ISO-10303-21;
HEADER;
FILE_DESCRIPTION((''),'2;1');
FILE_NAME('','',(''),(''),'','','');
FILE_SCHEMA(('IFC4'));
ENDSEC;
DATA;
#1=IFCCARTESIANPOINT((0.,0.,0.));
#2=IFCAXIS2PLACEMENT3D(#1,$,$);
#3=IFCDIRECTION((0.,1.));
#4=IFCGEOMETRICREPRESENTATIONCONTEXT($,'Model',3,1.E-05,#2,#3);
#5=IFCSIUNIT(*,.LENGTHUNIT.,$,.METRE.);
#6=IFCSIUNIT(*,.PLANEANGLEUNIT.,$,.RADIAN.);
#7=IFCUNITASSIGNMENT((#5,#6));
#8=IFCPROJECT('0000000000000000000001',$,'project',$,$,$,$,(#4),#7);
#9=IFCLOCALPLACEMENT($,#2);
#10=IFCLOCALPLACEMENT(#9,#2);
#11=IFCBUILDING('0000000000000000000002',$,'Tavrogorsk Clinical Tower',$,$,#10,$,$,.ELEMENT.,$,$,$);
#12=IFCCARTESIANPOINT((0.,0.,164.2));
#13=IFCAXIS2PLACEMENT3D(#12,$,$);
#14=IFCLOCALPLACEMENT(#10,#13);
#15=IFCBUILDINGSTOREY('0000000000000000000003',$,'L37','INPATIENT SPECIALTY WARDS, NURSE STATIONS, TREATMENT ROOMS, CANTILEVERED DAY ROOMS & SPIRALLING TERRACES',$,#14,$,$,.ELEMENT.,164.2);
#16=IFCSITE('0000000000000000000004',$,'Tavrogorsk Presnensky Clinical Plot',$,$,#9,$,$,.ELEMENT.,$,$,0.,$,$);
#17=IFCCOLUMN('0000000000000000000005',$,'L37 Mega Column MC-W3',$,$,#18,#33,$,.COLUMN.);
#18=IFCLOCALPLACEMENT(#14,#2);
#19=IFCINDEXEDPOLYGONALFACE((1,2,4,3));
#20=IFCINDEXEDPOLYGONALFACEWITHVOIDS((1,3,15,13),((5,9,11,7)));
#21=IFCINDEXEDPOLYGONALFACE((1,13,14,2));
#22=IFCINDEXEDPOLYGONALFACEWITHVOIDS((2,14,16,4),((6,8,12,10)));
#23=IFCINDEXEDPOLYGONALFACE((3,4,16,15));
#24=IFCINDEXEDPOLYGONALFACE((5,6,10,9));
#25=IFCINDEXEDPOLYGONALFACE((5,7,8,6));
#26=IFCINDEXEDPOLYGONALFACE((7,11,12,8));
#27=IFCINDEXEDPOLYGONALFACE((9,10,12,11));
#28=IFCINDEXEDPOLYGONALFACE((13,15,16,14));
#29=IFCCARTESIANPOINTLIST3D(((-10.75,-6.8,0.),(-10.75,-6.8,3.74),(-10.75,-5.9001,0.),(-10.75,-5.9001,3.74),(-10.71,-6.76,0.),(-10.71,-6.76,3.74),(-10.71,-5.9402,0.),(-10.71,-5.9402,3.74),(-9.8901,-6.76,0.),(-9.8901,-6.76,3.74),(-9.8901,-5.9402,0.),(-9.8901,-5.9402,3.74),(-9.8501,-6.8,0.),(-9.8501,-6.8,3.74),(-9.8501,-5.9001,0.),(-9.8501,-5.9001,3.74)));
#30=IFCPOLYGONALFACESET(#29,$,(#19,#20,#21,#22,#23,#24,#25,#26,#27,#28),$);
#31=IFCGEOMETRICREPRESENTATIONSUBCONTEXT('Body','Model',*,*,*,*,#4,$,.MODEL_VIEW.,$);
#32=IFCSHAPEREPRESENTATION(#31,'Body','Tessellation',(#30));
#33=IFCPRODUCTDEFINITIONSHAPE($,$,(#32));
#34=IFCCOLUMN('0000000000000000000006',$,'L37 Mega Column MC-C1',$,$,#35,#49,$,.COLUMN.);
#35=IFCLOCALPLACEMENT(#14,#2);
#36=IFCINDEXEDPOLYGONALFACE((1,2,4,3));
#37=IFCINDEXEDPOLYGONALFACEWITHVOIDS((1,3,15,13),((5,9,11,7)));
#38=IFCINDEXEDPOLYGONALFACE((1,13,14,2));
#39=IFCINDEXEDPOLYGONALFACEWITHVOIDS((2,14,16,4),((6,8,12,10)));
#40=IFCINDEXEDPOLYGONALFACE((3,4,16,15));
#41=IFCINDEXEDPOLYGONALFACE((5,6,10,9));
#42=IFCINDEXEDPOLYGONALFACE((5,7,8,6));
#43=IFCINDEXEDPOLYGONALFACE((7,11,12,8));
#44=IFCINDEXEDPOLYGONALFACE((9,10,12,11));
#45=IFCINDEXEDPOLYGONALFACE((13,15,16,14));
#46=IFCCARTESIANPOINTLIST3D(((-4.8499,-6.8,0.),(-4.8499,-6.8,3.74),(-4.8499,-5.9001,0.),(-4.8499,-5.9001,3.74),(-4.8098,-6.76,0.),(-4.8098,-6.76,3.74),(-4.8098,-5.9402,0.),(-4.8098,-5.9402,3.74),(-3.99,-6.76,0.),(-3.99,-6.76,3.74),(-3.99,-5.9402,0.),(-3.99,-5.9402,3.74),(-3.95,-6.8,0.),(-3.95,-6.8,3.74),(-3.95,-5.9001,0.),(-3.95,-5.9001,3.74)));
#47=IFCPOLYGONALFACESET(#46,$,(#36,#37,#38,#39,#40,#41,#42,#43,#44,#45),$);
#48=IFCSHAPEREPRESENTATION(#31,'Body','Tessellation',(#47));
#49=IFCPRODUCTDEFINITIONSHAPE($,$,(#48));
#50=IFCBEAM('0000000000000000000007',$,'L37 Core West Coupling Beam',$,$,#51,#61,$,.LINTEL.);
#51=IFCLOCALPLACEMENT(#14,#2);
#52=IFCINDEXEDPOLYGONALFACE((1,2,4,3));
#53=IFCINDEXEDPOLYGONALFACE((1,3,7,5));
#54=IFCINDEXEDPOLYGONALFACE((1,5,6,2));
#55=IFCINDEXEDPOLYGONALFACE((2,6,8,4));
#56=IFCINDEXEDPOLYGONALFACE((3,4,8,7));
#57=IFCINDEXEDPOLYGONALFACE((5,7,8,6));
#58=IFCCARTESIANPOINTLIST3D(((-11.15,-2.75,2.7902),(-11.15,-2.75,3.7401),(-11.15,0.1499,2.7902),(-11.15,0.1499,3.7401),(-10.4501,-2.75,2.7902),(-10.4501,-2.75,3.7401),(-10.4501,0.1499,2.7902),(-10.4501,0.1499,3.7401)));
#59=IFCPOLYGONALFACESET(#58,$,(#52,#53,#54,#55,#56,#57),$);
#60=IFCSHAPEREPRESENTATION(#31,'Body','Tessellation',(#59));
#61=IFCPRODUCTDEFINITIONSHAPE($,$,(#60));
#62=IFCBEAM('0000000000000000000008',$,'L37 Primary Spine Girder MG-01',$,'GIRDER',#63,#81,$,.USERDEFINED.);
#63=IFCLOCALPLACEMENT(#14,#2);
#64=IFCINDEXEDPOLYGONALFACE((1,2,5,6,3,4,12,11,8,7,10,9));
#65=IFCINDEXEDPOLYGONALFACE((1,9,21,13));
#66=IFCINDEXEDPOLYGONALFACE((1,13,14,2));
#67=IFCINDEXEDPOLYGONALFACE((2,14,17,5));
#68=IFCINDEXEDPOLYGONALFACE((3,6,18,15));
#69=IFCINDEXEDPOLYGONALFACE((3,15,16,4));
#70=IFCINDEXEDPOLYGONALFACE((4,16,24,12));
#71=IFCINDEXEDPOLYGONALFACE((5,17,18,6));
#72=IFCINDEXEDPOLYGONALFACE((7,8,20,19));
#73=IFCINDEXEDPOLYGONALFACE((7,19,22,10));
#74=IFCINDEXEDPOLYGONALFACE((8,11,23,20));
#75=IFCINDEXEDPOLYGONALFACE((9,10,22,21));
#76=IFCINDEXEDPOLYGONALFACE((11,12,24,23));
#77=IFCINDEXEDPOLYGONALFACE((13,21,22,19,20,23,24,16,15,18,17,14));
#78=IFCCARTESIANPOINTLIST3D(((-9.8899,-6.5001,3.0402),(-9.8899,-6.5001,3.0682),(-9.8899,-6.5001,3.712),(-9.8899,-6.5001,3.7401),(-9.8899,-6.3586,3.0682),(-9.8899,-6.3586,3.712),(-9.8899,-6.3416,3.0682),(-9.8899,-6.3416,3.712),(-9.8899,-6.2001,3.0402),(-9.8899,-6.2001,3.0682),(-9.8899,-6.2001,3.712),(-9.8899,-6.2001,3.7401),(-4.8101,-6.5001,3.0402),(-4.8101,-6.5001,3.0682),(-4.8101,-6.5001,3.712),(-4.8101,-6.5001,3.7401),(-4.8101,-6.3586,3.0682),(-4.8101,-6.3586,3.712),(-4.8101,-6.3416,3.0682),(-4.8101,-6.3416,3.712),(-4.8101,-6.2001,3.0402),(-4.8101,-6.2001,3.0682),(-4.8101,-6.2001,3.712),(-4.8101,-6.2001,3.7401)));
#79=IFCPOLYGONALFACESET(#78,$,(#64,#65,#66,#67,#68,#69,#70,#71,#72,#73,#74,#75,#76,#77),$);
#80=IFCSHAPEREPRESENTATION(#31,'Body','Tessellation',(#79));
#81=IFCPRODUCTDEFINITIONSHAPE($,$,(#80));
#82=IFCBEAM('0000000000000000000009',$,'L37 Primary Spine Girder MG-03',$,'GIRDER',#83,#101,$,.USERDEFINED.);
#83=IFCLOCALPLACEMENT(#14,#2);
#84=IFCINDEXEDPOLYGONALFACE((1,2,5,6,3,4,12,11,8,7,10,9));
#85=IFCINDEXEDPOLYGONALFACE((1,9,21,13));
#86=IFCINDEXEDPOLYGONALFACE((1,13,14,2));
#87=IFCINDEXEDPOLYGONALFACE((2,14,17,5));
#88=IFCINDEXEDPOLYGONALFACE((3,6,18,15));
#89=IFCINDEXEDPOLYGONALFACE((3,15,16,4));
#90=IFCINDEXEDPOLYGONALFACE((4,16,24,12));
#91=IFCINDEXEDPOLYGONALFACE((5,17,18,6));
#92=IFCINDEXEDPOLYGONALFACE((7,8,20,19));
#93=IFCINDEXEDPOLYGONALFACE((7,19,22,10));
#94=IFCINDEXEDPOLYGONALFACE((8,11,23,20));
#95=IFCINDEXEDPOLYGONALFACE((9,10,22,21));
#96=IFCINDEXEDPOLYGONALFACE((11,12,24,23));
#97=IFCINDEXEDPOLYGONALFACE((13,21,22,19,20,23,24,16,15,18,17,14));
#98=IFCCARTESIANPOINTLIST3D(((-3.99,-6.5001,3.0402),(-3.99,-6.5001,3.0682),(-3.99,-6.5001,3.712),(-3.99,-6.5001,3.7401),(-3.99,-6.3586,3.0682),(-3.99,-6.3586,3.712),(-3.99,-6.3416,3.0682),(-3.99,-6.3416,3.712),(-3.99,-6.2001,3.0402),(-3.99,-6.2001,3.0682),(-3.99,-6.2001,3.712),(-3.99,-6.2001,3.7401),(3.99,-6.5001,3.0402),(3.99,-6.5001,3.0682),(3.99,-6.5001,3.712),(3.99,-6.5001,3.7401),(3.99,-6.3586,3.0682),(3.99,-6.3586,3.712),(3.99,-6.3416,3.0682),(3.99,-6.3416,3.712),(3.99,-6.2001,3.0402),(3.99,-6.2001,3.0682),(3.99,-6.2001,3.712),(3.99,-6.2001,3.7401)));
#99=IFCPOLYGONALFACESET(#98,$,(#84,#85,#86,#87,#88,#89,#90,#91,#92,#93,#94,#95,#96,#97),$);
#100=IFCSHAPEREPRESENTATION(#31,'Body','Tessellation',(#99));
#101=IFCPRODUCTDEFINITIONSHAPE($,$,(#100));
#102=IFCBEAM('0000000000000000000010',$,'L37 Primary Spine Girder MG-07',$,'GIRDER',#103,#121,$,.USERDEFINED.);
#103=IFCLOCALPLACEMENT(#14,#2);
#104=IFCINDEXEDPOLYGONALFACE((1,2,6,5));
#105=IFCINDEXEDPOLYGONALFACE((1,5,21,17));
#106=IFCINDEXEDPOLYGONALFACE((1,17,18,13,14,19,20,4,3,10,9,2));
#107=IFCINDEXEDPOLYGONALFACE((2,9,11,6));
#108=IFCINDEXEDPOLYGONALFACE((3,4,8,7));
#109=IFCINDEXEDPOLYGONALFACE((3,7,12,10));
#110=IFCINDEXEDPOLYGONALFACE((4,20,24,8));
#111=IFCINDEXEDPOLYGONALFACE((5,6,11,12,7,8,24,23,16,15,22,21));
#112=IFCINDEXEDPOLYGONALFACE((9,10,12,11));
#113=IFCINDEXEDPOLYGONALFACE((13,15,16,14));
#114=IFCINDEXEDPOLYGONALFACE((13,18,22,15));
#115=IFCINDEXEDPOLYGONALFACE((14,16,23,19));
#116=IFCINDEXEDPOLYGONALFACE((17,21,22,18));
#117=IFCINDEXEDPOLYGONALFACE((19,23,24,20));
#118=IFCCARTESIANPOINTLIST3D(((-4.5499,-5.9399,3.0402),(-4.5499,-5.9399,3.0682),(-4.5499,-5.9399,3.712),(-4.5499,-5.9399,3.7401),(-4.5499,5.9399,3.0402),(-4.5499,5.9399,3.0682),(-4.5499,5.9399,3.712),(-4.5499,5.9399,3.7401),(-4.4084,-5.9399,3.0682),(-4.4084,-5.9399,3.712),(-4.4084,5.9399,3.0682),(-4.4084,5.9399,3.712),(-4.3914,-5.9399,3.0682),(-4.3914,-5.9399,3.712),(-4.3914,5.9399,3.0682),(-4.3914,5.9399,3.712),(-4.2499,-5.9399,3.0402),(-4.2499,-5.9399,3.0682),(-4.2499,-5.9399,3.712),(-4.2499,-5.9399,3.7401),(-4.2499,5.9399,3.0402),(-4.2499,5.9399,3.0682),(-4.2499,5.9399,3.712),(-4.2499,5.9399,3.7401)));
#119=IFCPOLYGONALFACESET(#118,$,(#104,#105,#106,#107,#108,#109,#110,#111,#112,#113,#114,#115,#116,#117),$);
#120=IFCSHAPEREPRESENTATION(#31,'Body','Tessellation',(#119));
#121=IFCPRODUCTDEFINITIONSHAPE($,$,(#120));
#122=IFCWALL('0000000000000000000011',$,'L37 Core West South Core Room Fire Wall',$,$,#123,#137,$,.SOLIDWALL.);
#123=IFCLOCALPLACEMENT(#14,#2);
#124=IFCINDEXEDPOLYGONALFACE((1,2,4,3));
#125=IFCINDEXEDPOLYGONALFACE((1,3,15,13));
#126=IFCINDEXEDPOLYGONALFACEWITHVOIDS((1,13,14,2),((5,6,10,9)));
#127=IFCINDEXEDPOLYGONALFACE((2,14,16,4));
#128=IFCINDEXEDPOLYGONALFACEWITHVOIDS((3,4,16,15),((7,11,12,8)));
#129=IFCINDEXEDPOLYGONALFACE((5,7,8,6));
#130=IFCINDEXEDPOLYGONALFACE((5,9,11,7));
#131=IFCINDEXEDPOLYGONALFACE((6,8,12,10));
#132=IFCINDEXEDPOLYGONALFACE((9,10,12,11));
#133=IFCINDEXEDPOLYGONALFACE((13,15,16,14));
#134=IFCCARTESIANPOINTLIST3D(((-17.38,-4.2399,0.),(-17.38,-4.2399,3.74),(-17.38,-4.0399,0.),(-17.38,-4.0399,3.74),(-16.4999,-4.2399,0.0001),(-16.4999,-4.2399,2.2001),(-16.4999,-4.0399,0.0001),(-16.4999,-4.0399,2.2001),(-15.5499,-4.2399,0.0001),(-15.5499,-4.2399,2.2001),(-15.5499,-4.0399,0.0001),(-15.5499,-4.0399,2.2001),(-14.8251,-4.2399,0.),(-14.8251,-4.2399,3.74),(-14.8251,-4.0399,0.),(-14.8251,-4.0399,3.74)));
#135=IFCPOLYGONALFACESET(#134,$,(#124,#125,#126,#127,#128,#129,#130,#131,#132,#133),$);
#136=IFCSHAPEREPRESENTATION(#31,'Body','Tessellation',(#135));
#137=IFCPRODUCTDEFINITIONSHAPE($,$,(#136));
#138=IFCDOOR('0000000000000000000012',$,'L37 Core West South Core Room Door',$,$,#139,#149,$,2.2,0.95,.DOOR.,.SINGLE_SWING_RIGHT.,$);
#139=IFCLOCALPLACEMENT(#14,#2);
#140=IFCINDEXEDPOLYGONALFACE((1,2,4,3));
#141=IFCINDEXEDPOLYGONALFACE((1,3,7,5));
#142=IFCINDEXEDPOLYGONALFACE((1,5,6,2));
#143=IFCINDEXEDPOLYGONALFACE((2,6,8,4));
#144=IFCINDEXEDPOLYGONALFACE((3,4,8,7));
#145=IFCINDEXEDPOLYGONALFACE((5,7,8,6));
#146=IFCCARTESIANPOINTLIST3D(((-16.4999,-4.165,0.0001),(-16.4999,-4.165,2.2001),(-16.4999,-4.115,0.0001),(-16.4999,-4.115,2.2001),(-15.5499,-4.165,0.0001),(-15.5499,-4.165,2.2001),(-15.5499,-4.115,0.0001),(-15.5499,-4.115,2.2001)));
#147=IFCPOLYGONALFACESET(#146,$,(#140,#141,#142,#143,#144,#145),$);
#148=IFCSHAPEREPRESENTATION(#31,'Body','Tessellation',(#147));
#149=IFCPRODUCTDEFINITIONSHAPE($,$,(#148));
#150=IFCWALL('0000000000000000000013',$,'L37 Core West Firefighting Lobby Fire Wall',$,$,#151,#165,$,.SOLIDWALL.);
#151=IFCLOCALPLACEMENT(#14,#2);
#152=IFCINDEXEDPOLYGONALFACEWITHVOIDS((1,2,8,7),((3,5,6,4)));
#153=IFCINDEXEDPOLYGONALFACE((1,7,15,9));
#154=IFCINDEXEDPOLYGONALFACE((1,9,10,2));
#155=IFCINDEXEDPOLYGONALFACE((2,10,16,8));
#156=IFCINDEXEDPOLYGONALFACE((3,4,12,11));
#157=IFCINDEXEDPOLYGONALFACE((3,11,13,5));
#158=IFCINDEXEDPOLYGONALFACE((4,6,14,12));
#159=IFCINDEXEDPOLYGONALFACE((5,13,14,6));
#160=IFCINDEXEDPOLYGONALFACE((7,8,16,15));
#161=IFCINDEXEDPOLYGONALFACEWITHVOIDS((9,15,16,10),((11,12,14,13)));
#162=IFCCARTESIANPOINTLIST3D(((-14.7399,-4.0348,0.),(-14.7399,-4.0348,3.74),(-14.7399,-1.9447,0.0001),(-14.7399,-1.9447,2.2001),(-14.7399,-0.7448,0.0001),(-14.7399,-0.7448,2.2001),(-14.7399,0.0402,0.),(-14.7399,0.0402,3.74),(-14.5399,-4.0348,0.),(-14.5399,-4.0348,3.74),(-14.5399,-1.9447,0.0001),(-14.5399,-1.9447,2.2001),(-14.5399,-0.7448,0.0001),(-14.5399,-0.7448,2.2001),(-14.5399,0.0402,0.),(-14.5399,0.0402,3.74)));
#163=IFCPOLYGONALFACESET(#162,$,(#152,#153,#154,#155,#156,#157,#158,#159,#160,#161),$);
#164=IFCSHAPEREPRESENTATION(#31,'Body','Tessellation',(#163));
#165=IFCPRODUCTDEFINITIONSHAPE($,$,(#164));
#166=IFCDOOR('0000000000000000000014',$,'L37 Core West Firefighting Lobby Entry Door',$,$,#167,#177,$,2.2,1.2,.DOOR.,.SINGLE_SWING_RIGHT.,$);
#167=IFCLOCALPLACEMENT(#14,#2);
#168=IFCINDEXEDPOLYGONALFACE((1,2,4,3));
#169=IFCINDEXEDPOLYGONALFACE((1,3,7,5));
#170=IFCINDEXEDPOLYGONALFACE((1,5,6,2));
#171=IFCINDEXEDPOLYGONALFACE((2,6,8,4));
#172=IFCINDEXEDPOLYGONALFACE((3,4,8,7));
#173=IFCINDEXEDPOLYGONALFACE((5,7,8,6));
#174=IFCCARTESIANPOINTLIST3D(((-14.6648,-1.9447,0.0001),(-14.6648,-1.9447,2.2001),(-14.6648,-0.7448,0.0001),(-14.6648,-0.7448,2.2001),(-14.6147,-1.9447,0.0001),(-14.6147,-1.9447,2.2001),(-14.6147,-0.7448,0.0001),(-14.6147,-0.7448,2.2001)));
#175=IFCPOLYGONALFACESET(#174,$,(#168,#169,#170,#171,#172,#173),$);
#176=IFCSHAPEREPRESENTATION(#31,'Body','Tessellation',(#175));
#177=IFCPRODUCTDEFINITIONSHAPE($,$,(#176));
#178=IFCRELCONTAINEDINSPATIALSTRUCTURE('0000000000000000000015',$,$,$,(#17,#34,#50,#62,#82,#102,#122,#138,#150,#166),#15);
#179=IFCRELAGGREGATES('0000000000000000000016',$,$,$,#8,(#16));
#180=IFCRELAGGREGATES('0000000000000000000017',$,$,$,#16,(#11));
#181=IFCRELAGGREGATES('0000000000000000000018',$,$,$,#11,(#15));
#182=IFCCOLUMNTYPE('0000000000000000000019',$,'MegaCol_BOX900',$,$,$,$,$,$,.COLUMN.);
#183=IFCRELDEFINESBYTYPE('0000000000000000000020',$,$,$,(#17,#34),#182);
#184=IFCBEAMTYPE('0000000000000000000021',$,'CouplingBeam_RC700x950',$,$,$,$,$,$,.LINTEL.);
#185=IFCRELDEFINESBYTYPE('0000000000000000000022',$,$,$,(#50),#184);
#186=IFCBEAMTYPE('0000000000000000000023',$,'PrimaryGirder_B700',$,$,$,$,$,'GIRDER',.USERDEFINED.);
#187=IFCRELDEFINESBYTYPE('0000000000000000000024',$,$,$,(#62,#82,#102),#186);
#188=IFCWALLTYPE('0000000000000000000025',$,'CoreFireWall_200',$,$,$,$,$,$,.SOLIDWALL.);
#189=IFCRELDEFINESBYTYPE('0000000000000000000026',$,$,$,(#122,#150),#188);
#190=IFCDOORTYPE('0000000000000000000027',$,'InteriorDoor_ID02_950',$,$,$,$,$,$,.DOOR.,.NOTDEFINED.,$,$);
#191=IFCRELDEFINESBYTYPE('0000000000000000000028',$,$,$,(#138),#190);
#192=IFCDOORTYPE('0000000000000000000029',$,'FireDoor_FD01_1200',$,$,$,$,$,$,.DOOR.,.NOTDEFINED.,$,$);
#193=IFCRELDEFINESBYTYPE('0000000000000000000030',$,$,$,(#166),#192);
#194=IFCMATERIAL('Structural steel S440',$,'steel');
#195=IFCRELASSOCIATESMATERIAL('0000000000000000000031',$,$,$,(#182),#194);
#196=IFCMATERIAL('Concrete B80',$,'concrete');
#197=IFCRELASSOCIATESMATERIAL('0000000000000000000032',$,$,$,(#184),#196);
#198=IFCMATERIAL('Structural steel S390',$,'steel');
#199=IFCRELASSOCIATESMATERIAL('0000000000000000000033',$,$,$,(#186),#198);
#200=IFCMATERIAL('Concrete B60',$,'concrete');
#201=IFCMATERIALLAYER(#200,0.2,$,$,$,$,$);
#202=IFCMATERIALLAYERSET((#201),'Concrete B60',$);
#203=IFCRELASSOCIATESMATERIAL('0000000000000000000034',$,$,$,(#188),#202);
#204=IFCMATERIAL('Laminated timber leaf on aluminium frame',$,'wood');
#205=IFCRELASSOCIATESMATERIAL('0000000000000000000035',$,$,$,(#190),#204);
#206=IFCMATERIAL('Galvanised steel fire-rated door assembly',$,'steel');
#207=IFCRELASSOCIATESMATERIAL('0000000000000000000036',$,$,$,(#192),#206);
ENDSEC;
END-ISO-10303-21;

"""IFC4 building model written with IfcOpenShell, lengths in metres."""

from ifc_helpers import new_model, si_unit, direction, frame, frame_2d, origin, origin_2d, place, context, subcontext, project, spatial, rectangle, hollow_rectangle, i_section, extrude, material, layer, layer_set, material_profile, profile_set, type_object, element, fill, save


model = new_model("IFC4")

# Units and contexts
model_context = context("Model", 3, precision=1e-05, world=origin(), true_north=direction((0.0, 1.0)))
body_context = subcontext(model_context, "Body", "Model", "MODEL_VIEW")
ifc_project = project(units=[si_unit("LENGTHUNIT", "METRE"), si_unit("PLANEANGLEUNIT", "RADIAN")], contexts=[model_context])

# Site, building, storey
site_placement = place(None, origin())
site = spatial("IfcSite", under=ifc_project, at=site_placement, Name="Tavrogorsk Presnensky Clinical Plot", CompositionType="ELEMENT", RefElevation=0.0)
building_placement = place(site_placement, origin())
building = spatial("IfcBuilding", under=site, at=building_placement, Name="Tavrogorsk Clinical Tower", CompositionType="ELEMENT")
storey_placement = place(building_placement, frame((0.0, 0.0, 164.2)))
storey = spatial("IfcBuildingStorey", under=building, at=storey_placement, Name="L37", Description="INPATIENT SPECIALTY WARDS, NURSE STATIONS, TREATMENT ROOMS, CANTILEVERED DAY ROOMS & SPIRALLING TERRACES", CompositionType="ELEMENT", Elevation=164.2)

# Columns
ifc_material_1 = material(Name="Structural steel S440", Category="steel")
ifc_material_profile_1 = material_profile(ifc_material_1, hollow_rectangle(XDim=0.8999, YDim=0.8999, WallThickness=0.04, at=origin_2d()), Name="BOX-900x900x40")
ifc_profile_set_1 = profile_set([ifc_material_profile_1], Name="Structural steel S440")
column_type = type_object("IfcColumnType", Name="MegaCol_BOX900", PredefinedType="COLUMN", material=ifc_profile_set_1)
for number, where, z_axis, x_axis, name in (
    (1, (-10.3, -6.3501, 0.0), (0.0, 0.0, 1.0), (1.0, 0.0, 0.0), "L37 Mega Column MC-W3"),
    (2, (-4.3999, -6.3501, 0.0), (0.0, 0.0, 1.0), (1.0, 0.0, 0.0), "L37 Mega Column MC-C1"),
):
    element("IfcColumn", number, at=place(storey_placement, frame(where, z_axis=z_axis, x_axis=x_axis)), inside=storey, type_object=column_type, Name=name, PredefinedType="COLUMN", context=body_context, shape_type="SweptSolid", body=[
        extrude(hollow_rectangle(XDim=0.8999, YDim=0.8999, WallThickness=0.04, at=origin_2d()), origin(), (0.0, 0.0, 1.0), 3.74),
    ])

# Beams
ifc_material_2 = material(Name="Concrete B80", Category="concrete")
ifc_material_profile_2 = material_profile(ifc_material_2, rectangle(XDim=0.7, YDim=0.95, at=origin_2d()), Name="RC-CB-700x950")
ifc_profile_set_2 = profile_set([ifc_material_profile_2], Name="Concrete B80")
beam_type_1 = type_object("IfcBeamType", Name="CouplingBeam_RC700x950", PredefinedType="LINTEL", material=ifc_profile_set_2)
beam_1_placement = place(storey_placement, frame((-10.8, -2.75, 3.2651), z_axis=(0.0, 1.0, 0.0), x_axis=(-1.0, 0.0, 0.0)))
element("IfcBeam", 3, at=beam_1_placement, inside=storey, type_object=beam_type_1, Name="L37 Core West Coupling Beam", PredefinedType="LINTEL", context=body_context, shape_type="SweptSolid", body=[
    extrude(rectangle(XDim=0.7, YDim=0.95, at=origin_2d()), origin(), (0.0, 0.0, 1.0), 2.8999),
])
ifc_material_3 = material(Name="Structural steel S390", Category="steel")
ifc_material_profile_3 = material_profile(ifc_material_3, i_section(OverallWidth=0.3, OverallDepth=0.7, WebThickness=0.0171, FlangeThickness=0.0281, at=origin_2d()), Name="B-700x300x17x28")
ifc_profile_set_3 = profile_set([ifc_material_profile_3], Name="Structural steel S390")
beam_type_2 = type_object("IfcBeamType", Name="PrimaryGirder_B700", ElementType="GIRDER", PredefinedType="USERDEFINED", material=ifc_profile_set_3)
beam_2_placement = place(storey_placement, frame((-9.8899, -6.3501, 3.3901), z_axis=(1.0, 0.0, 0.0), x_axis=(0.0, 1.0, 0.0)))
element("IfcBeam", 4, at=beam_2_placement, inside=storey, type_object=beam_type_2, Name="L37 Primary Spine Girder MG-01", ObjectType="GIRDER", PredefinedType="USERDEFINED", context=body_context, shape_type="SweptSolid", body=[
    extrude(i_section(OverallWidth=0.3, OverallDepth=0.7, WebThickness=0.0171, FlangeThickness=0.0281, at=origin_2d()), origin(), (0.0, 0.0, 1.0), 5.0798),
])
beam_3_placement = place(storey_placement, frame((-3.99, -6.3501, 3.3901), z_axis=(1.0, 0.0, 0.0), x_axis=(0.0, 1.0, 0.0)))
element("IfcBeam", 5, at=beam_3_placement, inside=storey, type_object=beam_type_2, Name="L37 Primary Spine Girder MG-03", ObjectType="GIRDER", PredefinedType="USERDEFINED", context=body_context, shape_type="SweptSolid", body=[
    extrude(i_section(OverallWidth=0.3, OverallDepth=0.7, WebThickness=0.0171, FlangeThickness=0.0281, at=origin_2d()), origin(), (0.0, 0.0, 1.0), 7.98),
])
beam_4_placement = place(storey_placement, frame((-4.3999, -5.9399, 3.3901), z_axis=(0.0, 1.0, 0.0), x_axis=(-1.0, 0.0, 0.0)))
element("IfcBeam", 6, at=beam_4_placement, inside=storey, type_object=beam_type_2, Name="L37 Primary Spine Girder MG-07", ObjectType="GIRDER", PredefinedType="USERDEFINED", context=body_context, shape_type="SweptSolid", body=[
    extrude(i_section(OverallWidth=0.3, OverallDepth=0.7, WebThickness=0.0171, FlangeThickness=0.0281, at=origin_2d()), origin(), (0.0, 0.0, 1.0), 11.8799),
])

# Walls, openings, doors
ifc_material_4 = material(Name="Concrete B60", Category="concrete")
ifc_layer_1 = layer(ifc_material_4, 0.2)
ifc_layer_set_1 = layer_set([ifc_layer_1], Name="Concrete B60")
wall_type_1 = type_object("IfcWallType", Name="CoreFireWall_200", PredefinedType="SOLIDWALL", material=ifc_layer_set_1)
wall_1_placement = place(storey_placement, frame((-17.3799, -4.1399, 0.0), z_axis=(0.0, 0.0, 1.0), x_axis=(1.0, 0.0, 0.0)))
wall_1 = element("IfcWall", 7, at=wall_1_placement, inside=storey, type_object=wall_type_1, Name="L37 Core West South Core Room Fire Wall", PredefinedType="SOLIDWALL", context=body_context, shape_type="SweptSolid", body=[
    extrude(rectangle(XDim=2.5549, YDim=0.2, at=frame_2d((1.2773, 0.0))), origin(), (0.0, 0.0, 1.0), 3.74),
])
opening_1_placement = place(wall_1_placement, frame((0.8799, 0.0, 0.0)))
opening_1 = element("IfcOpeningElement", 8, at=opening_1_placement, cuts=wall_1, PredefinedType="OPENING", context=body_context, shape_type="SweptSolid", body=[
    extrude(rectangle(XDim=0.95, YDim=2.2, at=frame_2d((0.4751, 1.1001))), frame((0.0, 0.1099, 0.0), z_axis=(0.0, -1.0, 0.0), x_axis=(1.0, 0.0, 0.0)), (0.0, 0.0, 1.0), 0.22),
])
ifc_material_5 = material(Name="Laminated timber leaf on aluminium frame", Category="wood")
door_type_1 = type_object("IfcDoorType", Name="InteriorDoor_ID02_950", OperationType="NOTDEFINED", PredefinedType="DOOR", material=ifc_material_5)
door_1_placement = place(opening_1_placement, origin())
door_1 = element("IfcDoor", 9, at=door_1_placement, inside=storey, type_object=door_type_1, Name="L37 Core West South Core Room Door", OperationType="SINGLE_SWING_RIGHT", OverallHeight=2.2, OverallWidth=0.95, PredefinedType="DOOR", context=body_context, shape_type="SweptSolid", body=[
    extrude(rectangle(XDim=0.95, YDim=2.2, at=frame_2d((0.4751, 1.1001))), frame((0.0, 0.0249, 0.0), z_axis=(0.0, -1.0, 0.0), x_axis=(1.0, 0.0, 0.0)), (0.0, 0.0, 1.0), 0.05),
])
fill(opening_1, door_1)
wall_2_placement = place(storey_placement, frame((-14.6399, -4.0349, 0.0), z_axis=(0.0, 0.0, 1.0), x_axis=(0.0, 1.0, 0.0)))
wall_2 = element("IfcWall", 10, at=wall_2_placement, inside=storey, type_object=wall_type_1, Name="L37 Core West Firefighting Lobby Fire Wall", PredefinedType="SOLIDWALL", context=body_context, shape_type="SweptSolid", body=[
    extrude(rectangle(XDim=4.075, YDim=0.2, at=frame_2d((2.0376, 0.0))), origin(), (0.0, 0.0, 1.0), 3.74),
])
opening_2_placement = place(wall_2_placement, frame((2.0901, 0.0, 0.0)))
opening_2 = element("IfcOpeningElement", 11, at=opening_2_placement, cuts=wall_2, PredefinedType="OPENING", context=body_context, shape_type="SweptSolid", body=[
    extrude(rectangle(XDim=1.2, YDim=2.2, at=frame_2d((0.6001, 1.1001))), frame((0.0, 0.1099, 0.0), z_axis=(0.0, -1.0, 0.0), x_axis=(1.0, 0.0, 0.0)), (0.0, 0.0, 1.0), 0.22),
])
ifc_material_6 = material(Name="Galvanised steel fire-rated door assembly", Category="steel")
door_type_2 = type_object("IfcDoorType", Name="FireDoor_FD01_1200", OperationType="NOTDEFINED", PredefinedType="DOOR", material=ifc_material_6)
door_2_placement = place(opening_2_placement, origin())
door_2 = element("IfcDoor", 12, at=door_2_placement, inside=storey, type_object=door_type_2, Name="L37 Core West Firefighting Lobby Entry Door", OperationType="SINGLE_SWING_RIGHT", OverallHeight=2.2, OverallWidth=1.2, PredefinedType="DOOR", context=body_context, shape_type="SweptSolid", body=[
    extrude(rectangle(XDim=1.2, YDim=2.2, at=frame_2d((0.6001, 1.1001))), frame((0.0, 0.0249, 0.0), z_axis=(0.0, -1.0, 0.0), x_axis=(1.0, 0.0, 0.0)), (0.0, 0.0, 1.0), 0.05),
])
fill(opening_2, door_2)

save(model, "model.ifc")
